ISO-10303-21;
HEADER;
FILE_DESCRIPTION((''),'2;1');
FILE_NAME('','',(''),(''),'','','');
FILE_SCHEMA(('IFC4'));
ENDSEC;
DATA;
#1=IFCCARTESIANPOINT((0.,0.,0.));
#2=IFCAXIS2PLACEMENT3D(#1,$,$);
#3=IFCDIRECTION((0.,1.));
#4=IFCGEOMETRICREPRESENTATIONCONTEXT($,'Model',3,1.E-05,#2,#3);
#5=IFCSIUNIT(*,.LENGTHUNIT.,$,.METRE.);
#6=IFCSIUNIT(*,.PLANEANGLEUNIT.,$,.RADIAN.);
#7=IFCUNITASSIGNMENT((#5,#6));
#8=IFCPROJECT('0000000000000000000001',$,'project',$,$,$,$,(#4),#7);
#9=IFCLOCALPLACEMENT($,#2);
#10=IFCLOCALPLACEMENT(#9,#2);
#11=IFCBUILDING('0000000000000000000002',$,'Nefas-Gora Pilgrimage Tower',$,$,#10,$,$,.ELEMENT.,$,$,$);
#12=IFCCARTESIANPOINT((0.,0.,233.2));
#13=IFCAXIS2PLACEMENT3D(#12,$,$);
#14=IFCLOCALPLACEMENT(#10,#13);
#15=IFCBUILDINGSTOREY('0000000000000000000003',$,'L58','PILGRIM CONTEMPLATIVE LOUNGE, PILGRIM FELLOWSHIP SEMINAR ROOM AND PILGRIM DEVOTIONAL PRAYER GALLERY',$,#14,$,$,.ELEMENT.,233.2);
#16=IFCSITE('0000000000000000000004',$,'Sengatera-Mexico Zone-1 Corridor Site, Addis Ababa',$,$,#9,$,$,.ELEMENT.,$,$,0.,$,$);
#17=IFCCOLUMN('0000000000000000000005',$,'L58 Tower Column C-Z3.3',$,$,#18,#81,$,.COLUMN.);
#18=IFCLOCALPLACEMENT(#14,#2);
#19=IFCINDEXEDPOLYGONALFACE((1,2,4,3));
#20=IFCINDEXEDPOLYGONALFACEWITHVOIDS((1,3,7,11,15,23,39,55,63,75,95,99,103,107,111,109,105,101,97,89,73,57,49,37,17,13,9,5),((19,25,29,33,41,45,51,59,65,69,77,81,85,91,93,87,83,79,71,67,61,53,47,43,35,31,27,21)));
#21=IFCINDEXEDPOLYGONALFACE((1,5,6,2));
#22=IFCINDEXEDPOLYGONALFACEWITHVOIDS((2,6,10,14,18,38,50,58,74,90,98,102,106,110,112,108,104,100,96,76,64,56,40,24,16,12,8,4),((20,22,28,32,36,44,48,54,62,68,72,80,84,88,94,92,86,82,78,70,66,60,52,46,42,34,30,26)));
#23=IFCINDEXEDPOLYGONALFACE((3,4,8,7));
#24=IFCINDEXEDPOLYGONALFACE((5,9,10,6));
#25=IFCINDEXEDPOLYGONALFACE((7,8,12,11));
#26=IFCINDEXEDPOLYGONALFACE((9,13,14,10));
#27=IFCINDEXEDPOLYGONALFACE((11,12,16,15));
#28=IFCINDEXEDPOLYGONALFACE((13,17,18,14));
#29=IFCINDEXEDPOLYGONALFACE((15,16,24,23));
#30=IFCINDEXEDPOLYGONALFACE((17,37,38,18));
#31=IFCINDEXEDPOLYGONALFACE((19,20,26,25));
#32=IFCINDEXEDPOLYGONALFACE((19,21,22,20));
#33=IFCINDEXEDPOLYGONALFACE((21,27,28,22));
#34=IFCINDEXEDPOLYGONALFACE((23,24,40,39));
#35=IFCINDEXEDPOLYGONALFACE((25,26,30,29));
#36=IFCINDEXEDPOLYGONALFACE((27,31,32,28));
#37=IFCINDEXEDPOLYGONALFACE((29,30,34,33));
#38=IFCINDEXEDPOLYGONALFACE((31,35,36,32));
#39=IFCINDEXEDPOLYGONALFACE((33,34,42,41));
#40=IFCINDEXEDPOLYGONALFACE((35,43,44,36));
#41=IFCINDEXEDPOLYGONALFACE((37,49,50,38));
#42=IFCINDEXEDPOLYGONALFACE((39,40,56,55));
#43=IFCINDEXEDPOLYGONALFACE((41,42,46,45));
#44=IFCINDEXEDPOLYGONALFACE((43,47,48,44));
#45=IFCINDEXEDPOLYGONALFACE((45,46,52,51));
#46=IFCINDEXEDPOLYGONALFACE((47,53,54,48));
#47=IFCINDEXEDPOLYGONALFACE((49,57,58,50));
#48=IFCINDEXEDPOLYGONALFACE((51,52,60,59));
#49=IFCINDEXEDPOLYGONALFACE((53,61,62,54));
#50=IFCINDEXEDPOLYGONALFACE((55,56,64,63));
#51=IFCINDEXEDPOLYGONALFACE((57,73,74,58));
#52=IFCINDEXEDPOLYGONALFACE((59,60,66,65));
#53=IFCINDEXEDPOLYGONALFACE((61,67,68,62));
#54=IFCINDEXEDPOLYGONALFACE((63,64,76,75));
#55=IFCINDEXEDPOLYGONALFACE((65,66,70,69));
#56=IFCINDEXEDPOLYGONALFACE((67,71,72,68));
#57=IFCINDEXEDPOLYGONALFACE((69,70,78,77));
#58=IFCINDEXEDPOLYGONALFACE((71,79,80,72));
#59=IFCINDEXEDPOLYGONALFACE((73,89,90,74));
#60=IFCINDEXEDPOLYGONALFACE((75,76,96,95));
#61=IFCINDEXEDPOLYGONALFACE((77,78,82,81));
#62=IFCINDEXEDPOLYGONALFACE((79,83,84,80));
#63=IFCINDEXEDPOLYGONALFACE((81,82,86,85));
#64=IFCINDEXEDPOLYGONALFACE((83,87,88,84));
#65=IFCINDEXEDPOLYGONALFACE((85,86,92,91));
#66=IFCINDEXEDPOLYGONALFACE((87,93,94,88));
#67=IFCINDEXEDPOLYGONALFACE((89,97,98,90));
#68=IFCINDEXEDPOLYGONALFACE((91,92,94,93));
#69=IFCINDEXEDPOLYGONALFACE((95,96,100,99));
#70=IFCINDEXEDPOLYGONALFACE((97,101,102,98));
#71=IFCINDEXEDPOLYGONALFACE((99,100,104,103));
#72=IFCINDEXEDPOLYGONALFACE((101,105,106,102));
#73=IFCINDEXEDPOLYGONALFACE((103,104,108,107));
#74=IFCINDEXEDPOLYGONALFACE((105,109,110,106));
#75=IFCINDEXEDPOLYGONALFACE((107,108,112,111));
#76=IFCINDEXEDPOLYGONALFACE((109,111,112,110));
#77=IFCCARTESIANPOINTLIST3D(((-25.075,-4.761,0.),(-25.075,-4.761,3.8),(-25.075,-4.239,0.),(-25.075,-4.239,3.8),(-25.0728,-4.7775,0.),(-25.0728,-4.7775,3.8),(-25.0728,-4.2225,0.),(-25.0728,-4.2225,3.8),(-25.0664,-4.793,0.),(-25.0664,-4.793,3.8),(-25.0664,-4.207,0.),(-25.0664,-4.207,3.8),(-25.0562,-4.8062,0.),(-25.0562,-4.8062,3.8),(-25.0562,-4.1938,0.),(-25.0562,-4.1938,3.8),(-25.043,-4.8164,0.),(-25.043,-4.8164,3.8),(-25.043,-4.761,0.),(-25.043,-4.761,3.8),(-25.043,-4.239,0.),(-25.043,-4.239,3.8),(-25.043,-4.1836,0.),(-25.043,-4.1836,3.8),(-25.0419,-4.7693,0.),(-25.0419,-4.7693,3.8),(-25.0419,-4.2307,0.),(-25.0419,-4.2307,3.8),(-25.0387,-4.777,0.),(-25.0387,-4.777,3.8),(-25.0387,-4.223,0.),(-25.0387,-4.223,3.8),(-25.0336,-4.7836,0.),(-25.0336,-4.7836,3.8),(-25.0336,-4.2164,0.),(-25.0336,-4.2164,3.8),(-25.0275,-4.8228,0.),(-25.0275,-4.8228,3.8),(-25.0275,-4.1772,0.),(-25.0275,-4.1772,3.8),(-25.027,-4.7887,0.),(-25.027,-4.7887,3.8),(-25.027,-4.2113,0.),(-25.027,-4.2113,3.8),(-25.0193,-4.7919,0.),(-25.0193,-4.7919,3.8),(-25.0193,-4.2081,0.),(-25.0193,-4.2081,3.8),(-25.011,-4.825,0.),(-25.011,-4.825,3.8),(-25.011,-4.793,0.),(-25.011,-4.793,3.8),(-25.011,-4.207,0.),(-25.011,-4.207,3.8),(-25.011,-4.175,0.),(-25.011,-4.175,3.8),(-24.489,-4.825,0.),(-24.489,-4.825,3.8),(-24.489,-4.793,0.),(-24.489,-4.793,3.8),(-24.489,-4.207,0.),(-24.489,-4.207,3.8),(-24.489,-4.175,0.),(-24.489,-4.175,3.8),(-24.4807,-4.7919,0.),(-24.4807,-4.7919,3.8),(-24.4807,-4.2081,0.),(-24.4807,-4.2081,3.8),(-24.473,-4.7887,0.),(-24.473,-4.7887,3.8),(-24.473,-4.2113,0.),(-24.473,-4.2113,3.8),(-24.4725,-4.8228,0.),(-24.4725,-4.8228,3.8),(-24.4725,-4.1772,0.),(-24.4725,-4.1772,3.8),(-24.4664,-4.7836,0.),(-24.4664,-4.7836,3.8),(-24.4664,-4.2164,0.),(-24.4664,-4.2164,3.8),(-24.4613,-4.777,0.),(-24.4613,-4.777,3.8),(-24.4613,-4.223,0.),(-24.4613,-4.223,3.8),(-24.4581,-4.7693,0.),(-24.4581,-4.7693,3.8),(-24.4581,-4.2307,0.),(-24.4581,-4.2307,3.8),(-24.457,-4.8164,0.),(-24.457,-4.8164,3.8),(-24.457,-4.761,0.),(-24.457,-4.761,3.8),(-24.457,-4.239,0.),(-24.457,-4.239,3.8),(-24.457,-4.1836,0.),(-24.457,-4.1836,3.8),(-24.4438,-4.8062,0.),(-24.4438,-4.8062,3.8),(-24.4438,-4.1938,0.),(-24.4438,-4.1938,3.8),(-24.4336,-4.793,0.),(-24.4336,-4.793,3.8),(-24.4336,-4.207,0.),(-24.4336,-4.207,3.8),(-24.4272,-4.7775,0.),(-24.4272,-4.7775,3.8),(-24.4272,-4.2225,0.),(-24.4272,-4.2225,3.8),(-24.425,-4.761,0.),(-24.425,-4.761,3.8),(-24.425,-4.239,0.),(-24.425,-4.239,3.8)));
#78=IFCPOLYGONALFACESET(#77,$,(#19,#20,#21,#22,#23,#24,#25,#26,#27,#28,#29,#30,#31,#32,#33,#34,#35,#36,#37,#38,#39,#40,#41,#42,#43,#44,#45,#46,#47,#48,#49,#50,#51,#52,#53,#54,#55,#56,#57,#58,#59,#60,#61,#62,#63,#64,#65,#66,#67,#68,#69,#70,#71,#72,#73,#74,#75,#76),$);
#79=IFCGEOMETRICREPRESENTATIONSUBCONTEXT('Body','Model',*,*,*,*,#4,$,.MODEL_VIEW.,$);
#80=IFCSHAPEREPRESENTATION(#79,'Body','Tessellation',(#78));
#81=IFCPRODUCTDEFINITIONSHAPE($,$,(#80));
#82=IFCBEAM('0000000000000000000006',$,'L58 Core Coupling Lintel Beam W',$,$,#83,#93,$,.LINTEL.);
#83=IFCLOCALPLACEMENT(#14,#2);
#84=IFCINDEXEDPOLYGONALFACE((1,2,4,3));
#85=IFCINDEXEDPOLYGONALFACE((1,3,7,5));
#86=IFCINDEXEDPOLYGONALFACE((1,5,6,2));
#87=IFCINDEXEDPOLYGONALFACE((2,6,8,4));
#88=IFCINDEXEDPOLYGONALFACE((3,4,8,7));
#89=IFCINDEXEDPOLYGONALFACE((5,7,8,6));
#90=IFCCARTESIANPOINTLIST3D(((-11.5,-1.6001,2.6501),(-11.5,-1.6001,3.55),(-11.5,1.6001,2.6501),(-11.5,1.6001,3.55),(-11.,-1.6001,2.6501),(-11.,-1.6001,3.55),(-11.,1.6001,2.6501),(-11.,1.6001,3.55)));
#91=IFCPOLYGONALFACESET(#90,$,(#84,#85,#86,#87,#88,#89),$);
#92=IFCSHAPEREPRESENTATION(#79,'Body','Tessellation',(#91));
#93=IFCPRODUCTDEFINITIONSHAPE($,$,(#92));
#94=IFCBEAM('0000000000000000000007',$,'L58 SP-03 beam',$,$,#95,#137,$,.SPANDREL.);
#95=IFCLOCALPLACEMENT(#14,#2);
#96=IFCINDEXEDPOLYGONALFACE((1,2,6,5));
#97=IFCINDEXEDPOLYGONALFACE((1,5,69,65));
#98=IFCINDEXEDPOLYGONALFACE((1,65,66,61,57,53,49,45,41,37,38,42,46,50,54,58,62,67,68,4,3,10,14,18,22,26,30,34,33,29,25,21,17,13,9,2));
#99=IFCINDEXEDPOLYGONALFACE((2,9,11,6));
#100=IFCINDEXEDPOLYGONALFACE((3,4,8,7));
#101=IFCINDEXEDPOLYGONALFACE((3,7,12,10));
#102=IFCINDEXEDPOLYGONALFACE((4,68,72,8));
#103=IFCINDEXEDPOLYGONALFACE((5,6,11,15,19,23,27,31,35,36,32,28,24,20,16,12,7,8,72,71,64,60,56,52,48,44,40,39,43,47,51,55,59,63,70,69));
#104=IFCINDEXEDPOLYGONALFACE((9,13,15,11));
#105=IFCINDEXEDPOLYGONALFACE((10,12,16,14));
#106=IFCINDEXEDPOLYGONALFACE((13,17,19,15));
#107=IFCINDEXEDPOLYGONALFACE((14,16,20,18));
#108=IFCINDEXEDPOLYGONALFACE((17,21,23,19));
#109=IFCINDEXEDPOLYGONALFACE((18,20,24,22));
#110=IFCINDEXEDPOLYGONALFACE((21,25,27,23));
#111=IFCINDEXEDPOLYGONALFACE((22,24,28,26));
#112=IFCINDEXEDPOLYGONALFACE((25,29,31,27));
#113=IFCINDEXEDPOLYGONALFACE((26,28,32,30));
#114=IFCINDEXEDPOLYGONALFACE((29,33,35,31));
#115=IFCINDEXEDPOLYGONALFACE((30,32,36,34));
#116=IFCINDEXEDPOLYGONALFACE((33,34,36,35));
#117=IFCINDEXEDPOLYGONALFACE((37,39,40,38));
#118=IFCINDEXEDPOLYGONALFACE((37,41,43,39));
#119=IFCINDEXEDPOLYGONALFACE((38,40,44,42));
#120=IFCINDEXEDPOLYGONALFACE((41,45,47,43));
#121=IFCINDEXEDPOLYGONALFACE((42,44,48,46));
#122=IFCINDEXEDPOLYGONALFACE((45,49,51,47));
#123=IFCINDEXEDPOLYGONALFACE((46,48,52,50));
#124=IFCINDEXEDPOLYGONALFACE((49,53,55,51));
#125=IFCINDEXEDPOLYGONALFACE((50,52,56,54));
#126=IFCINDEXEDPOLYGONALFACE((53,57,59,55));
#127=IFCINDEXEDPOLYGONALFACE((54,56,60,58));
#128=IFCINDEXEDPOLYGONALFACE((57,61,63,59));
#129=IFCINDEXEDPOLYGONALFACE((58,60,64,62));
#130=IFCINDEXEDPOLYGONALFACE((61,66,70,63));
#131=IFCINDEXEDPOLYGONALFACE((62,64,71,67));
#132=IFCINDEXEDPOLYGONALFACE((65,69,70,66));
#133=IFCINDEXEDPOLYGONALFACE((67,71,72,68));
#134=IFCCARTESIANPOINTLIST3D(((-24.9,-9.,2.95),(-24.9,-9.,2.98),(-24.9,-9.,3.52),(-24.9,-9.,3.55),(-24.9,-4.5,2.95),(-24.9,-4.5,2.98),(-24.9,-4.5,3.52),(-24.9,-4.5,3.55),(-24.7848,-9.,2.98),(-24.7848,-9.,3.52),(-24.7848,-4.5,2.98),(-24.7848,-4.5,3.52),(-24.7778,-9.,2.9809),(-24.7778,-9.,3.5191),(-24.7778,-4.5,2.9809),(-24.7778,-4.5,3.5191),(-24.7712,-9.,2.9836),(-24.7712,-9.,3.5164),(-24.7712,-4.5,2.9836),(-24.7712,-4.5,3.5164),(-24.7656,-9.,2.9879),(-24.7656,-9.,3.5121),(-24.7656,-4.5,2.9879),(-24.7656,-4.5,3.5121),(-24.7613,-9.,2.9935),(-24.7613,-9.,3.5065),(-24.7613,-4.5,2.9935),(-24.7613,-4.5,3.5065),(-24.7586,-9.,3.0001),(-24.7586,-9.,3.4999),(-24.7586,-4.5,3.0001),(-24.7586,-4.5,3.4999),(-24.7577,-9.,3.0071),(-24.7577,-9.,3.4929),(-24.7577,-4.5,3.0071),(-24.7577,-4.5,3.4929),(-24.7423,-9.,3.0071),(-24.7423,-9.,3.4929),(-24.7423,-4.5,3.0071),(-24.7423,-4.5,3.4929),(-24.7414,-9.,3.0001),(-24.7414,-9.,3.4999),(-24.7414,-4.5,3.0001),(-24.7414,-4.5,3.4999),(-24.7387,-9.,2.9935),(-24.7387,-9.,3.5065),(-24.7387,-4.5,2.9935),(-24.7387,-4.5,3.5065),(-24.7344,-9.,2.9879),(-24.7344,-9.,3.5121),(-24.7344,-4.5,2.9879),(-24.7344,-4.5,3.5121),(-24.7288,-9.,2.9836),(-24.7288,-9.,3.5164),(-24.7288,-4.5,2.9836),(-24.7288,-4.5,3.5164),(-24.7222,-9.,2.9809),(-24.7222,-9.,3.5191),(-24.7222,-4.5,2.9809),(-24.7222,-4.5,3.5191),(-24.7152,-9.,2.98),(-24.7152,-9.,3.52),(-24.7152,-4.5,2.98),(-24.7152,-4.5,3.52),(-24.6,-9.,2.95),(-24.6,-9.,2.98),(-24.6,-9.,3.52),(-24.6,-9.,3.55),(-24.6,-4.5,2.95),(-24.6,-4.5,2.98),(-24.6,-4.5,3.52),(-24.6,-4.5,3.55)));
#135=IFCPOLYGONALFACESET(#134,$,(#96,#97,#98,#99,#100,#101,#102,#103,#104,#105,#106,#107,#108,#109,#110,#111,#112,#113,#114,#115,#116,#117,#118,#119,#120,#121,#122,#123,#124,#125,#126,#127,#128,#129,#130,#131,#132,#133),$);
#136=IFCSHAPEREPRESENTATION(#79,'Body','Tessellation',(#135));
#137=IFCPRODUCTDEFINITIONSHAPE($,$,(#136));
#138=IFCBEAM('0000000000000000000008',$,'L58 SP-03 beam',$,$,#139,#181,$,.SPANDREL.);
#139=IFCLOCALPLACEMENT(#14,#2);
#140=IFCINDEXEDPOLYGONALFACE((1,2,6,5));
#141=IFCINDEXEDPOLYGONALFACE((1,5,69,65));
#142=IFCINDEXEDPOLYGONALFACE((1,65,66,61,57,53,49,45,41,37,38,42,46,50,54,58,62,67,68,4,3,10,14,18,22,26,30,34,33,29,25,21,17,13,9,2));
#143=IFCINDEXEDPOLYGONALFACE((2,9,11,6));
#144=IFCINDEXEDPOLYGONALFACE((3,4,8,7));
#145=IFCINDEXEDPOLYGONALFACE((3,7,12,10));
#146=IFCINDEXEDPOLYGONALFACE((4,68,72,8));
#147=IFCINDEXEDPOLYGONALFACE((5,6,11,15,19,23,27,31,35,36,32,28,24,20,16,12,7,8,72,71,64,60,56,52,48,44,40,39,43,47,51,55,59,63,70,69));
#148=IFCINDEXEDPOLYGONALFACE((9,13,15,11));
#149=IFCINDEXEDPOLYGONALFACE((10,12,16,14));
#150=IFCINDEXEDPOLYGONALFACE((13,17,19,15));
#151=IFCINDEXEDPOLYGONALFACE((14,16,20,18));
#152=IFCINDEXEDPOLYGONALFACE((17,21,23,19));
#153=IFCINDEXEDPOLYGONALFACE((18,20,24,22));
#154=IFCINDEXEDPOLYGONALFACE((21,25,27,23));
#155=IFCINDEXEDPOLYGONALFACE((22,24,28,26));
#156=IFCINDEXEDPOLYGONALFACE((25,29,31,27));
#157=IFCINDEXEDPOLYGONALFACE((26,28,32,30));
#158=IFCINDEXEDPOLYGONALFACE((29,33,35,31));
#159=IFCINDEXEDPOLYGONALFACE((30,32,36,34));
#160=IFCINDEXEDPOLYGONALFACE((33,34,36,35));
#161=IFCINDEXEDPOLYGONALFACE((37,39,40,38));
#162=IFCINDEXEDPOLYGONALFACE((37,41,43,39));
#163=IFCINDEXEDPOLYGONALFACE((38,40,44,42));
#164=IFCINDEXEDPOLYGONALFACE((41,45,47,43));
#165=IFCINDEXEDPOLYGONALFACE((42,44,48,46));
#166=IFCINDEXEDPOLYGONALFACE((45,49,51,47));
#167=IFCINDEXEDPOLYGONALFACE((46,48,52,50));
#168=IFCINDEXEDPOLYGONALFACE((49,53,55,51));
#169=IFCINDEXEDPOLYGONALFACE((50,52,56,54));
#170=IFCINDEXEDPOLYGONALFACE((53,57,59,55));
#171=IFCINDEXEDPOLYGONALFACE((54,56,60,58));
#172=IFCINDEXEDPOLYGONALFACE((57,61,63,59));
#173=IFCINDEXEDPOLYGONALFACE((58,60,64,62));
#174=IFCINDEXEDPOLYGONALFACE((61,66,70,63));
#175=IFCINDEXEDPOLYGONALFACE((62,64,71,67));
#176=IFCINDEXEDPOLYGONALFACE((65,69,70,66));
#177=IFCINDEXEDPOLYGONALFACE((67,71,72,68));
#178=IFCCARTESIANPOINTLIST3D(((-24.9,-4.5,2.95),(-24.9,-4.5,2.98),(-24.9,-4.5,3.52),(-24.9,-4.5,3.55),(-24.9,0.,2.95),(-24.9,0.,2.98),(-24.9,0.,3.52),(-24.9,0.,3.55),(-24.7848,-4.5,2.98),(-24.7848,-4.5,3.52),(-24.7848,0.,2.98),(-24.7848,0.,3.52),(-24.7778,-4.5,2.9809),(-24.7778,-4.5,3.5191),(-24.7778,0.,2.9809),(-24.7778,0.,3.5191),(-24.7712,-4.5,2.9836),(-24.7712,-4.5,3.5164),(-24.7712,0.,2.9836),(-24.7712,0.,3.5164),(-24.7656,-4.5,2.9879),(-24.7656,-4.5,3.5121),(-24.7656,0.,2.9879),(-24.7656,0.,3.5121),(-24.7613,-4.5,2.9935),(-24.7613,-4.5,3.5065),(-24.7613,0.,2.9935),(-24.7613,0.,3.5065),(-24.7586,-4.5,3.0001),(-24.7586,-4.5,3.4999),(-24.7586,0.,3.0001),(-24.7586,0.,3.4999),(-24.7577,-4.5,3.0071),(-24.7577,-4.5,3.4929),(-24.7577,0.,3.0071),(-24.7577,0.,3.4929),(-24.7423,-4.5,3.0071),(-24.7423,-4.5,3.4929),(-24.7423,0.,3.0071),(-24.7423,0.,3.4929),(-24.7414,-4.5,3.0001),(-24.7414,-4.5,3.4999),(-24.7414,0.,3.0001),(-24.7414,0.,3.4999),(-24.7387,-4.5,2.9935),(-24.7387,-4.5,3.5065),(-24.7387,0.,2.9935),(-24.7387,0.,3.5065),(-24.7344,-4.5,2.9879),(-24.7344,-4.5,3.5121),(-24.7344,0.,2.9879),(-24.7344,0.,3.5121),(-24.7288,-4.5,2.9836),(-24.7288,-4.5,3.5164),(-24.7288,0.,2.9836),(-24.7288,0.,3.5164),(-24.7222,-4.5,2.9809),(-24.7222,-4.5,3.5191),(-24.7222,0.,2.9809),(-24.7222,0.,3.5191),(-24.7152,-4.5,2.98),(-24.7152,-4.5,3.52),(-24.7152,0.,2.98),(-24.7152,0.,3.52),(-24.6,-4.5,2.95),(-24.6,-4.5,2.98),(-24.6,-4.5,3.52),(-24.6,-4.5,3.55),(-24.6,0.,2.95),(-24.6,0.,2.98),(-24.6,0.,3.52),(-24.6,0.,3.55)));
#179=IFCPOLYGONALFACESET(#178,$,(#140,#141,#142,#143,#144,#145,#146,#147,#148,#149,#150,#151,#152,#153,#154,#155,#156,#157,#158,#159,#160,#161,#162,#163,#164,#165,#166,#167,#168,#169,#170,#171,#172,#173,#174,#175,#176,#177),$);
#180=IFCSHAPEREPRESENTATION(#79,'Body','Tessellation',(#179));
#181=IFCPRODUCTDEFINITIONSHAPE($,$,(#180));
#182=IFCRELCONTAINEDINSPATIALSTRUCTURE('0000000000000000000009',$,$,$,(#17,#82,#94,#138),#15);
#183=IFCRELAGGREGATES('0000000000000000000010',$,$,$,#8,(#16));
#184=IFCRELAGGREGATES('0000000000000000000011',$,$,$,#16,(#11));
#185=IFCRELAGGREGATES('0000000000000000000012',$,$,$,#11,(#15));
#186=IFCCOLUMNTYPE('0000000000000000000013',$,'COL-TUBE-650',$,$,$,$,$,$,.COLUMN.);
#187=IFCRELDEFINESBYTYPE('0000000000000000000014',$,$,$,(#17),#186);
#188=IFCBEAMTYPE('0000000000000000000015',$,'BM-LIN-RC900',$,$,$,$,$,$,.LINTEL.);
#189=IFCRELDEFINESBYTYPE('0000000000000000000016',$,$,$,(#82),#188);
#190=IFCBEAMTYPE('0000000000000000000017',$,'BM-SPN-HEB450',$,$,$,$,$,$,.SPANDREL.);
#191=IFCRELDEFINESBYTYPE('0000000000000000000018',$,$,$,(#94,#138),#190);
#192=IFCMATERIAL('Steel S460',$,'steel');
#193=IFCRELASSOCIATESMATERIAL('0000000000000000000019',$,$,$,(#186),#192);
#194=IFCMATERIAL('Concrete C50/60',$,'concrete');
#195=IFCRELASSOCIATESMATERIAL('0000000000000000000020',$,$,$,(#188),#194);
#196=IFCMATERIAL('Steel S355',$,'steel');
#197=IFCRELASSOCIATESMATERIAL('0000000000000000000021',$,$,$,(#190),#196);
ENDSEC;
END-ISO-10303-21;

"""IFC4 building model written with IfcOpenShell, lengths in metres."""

from ifc_helpers import new_model, si_unit, direction, frame, origin, origin_2d, place, context, subcontext, project, spatial, rectangle, hollow_rectangle, i_section, extrude, source, transform, mapped, material, material_profile, profile_set, type_object, element, save


model = new_model("IFC4")

# Units and contexts
model_context = context("Model", 3, precision=1e-05, world=origin(), true_north=direction((0.0, 1.0)))
body_context = subcontext(model_context, "Body", "Model", "MODEL_VIEW")
ifc_project = project(units=[si_unit("LENGTHUNIT", "METRE"), si_unit("PLANEANGLEUNIT", "RADIAN")], contexts=[model_context])

# Site, building, storey
site_placement = place(None, origin())
site = spatial("IfcSite", under=ifc_project, at=site_placement, Name="Sengatera-Mexico Zone-1 Corridor Site, Addis Ababa", CompositionType="ELEMENT", RefElevation=0.0)
building_placement = place(site_placement, origin())
building = spatial("IfcBuilding", under=site, at=building_placement, Name="Nefas-Gora Pilgrimage Tower", CompositionType="ELEMENT")
storey_placement = place(building_placement, frame((0.0, 0.0, 233.2)))
storey = spatial("IfcBuildingStorey", under=building, at=storey_placement, Name="L58", Description="PILGRIM CONTEMPLATIVE LOUNGE, PILGRIM FELLOWSHIP SEMINAR ROOM AND PILGRIM DEVOTIONAL PRAYER GALLERY", CompositionType="ELEMENT", Elevation=233.2)

# Column
ifc_material_1 = material(Name="Steel S460", Category="steel")
ifc_material_profile_1 = material_profile(ifc_material_1, hollow_rectangle(XDim=0.6499, YDim=0.6499, WallThickness=0.032, InnerFilletRadius=0.032, OuterFilletRadius=0.064, at=origin_2d()), Name="BOX 650x650x32")
ifc_profile_set_1 = profile_set([ifc_material_profile_1], Name="Steel S460")
column_type_1 = type_object("IfcColumnType", Name="COL-TUBE-650", PredefinedType="COLUMN", material=ifc_profile_set_1)
shared_shape_1 = source(origin(), body_context, "Body", "SweptSolid", [
    extrude(hollow_rectangle(XDim=0.6499, YDim=0.6499, WallThickness=0.032, InnerFilletRadius=0.032, OuterFilletRadius=0.064, at=origin_2d()), origin(), (0.0, 0.0, 1.0), 3.8),
])
for number, where, z_axis, x_axis, name in (
    (1, (-24.75, -4.5, 0.0), (0.0, 0.0, 1.0), (1.0, 0.0, 0.0), "L58 Tower Column C-Z3.3"),
):
    element("IfcColumn", number, at=place(storey_placement, frame(where, z_axis=z_axis, x_axis=x_axis)), inside=storey, type_object=column_type_1, Name=name, PredefinedType="COLUMN", context=body_context, shape_type="MappedRepresentation", body=[
        mapped(shared_shape_1, transform((0.0, 0.0, 0.0), x_axis=(1.0, 0.0, 0.0), y_axis=(0.0, 1.0, 0.0), z_axis=(0.0, 0.0, 1.0), scale=1.0)),
    ])

# Beams
ifc_material_2 = material(Name="Concrete C50/60", Category="concrete")
ifc_material_profile_2 = material_profile(ifc_material_2, rectangle(XDim=0.5, YDim=0.8999, at=origin_2d()), Name="RC 500x900")
ifc_profile_set_2 = profile_set([ifc_material_profile_2], Name="Concrete C50/60")
beam_type_1 = type_object("IfcBeamType", Name="BM-LIN-RC900", PredefinedType="LINTEL", material=ifc_profile_set_2)
shared_shape_2 = source(origin(), body_context, "Body", "SweptSolid", [
    extrude(rectangle(XDim=0.5, YDim=0.8999, at=origin_2d()), origin(), (0.0, 0.0, 1.0), 3.2002),
])
beam_placement = place(storey_placement, frame((-11.25, -1.6001, 3.1001), z_axis=(0.0, 1.0, 0.0), x_axis=(-1.0, 0.0, 0.0)))
element("IfcBeam", 2, at=beam_placement, inside=storey, type_object=beam_type_1, Name="L58 Core Coupling Lintel Beam W", PredefinedType="LINTEL", context=body_context, shape_type="MappedRepresentation", body=[
    mapped(shared_shape_2, transform((0.0, 0.0, 0.0), x_axis=(1.0, 0.0, 0.0), y_axis=(0.0, 1.0, 0.0), z_axis=(0.0, 0.0, 1.0), scale=1.0)),
])
ifc_material_3 = material(Name="Steel S355", Category="steel")
ifc_material_profile_3 = material_profile(ifc_material_3, i_section(OverallWidth=0.3, OverallDepth=0.6001, WebThickness=0.0154, FlangeThickness=0.03, FilletRadius=0.0271, at=origin_2d()), Name="HEB 600")
ifc_profile_set_3 = profile_set([ifc_material_profile_3], Name="Steel S355")
beam_type_2 = type_object("IfcBeamType", Name="BM-SPN-HEB450", PredefinedType="SPANDREL", material=ifc_profile_set_3)
shared_shape_3 = source(origin(), body_context, "Body", "SweptSolid", [
    extrude(i_section(OverallWidth=0.3, OverallDepth=0.6001, WebThickness=0.0154, FlangeThickness=0.03, FilletRadius=0.0271, at=origin_2d()), origin(), (0.0, 0.0, 1.0), 4.5),
])
for number, where, z_axis, x_axis, name in (
    (3, (-24.75, -9.0, 3.25), (0.0, 1.0, 0.0), (-1.0, 0.0, 0.0), "L58 SP-03 beam"),
    (4, (-24.75, -4.5, 3.25), (0.0, 1.0, 0.0), (-1.0, 0.0, 0.0), "L58 SP-03 beam"),
):
    element("IfcBeam", number, at=place(storey_placement, frame(where, z_axis=z_axis, x_axis=x_axis)), inside=storey, type_object=beam_type_2, Name=name, PredefinedType="SPANDREL", context=body_context, shape_type="MappedRepresentation", body=[
        mapped(shared_shape_3, transform((0.0, 0.0, 0.0), x_axis=(1.0, 0.0, 0.0), y_axis=(0.0, 1.0, 0.0), z_axis=(0.0, 0.0, 1.0), scale=1.0)),
    ])

save(model, "model.ifc")
